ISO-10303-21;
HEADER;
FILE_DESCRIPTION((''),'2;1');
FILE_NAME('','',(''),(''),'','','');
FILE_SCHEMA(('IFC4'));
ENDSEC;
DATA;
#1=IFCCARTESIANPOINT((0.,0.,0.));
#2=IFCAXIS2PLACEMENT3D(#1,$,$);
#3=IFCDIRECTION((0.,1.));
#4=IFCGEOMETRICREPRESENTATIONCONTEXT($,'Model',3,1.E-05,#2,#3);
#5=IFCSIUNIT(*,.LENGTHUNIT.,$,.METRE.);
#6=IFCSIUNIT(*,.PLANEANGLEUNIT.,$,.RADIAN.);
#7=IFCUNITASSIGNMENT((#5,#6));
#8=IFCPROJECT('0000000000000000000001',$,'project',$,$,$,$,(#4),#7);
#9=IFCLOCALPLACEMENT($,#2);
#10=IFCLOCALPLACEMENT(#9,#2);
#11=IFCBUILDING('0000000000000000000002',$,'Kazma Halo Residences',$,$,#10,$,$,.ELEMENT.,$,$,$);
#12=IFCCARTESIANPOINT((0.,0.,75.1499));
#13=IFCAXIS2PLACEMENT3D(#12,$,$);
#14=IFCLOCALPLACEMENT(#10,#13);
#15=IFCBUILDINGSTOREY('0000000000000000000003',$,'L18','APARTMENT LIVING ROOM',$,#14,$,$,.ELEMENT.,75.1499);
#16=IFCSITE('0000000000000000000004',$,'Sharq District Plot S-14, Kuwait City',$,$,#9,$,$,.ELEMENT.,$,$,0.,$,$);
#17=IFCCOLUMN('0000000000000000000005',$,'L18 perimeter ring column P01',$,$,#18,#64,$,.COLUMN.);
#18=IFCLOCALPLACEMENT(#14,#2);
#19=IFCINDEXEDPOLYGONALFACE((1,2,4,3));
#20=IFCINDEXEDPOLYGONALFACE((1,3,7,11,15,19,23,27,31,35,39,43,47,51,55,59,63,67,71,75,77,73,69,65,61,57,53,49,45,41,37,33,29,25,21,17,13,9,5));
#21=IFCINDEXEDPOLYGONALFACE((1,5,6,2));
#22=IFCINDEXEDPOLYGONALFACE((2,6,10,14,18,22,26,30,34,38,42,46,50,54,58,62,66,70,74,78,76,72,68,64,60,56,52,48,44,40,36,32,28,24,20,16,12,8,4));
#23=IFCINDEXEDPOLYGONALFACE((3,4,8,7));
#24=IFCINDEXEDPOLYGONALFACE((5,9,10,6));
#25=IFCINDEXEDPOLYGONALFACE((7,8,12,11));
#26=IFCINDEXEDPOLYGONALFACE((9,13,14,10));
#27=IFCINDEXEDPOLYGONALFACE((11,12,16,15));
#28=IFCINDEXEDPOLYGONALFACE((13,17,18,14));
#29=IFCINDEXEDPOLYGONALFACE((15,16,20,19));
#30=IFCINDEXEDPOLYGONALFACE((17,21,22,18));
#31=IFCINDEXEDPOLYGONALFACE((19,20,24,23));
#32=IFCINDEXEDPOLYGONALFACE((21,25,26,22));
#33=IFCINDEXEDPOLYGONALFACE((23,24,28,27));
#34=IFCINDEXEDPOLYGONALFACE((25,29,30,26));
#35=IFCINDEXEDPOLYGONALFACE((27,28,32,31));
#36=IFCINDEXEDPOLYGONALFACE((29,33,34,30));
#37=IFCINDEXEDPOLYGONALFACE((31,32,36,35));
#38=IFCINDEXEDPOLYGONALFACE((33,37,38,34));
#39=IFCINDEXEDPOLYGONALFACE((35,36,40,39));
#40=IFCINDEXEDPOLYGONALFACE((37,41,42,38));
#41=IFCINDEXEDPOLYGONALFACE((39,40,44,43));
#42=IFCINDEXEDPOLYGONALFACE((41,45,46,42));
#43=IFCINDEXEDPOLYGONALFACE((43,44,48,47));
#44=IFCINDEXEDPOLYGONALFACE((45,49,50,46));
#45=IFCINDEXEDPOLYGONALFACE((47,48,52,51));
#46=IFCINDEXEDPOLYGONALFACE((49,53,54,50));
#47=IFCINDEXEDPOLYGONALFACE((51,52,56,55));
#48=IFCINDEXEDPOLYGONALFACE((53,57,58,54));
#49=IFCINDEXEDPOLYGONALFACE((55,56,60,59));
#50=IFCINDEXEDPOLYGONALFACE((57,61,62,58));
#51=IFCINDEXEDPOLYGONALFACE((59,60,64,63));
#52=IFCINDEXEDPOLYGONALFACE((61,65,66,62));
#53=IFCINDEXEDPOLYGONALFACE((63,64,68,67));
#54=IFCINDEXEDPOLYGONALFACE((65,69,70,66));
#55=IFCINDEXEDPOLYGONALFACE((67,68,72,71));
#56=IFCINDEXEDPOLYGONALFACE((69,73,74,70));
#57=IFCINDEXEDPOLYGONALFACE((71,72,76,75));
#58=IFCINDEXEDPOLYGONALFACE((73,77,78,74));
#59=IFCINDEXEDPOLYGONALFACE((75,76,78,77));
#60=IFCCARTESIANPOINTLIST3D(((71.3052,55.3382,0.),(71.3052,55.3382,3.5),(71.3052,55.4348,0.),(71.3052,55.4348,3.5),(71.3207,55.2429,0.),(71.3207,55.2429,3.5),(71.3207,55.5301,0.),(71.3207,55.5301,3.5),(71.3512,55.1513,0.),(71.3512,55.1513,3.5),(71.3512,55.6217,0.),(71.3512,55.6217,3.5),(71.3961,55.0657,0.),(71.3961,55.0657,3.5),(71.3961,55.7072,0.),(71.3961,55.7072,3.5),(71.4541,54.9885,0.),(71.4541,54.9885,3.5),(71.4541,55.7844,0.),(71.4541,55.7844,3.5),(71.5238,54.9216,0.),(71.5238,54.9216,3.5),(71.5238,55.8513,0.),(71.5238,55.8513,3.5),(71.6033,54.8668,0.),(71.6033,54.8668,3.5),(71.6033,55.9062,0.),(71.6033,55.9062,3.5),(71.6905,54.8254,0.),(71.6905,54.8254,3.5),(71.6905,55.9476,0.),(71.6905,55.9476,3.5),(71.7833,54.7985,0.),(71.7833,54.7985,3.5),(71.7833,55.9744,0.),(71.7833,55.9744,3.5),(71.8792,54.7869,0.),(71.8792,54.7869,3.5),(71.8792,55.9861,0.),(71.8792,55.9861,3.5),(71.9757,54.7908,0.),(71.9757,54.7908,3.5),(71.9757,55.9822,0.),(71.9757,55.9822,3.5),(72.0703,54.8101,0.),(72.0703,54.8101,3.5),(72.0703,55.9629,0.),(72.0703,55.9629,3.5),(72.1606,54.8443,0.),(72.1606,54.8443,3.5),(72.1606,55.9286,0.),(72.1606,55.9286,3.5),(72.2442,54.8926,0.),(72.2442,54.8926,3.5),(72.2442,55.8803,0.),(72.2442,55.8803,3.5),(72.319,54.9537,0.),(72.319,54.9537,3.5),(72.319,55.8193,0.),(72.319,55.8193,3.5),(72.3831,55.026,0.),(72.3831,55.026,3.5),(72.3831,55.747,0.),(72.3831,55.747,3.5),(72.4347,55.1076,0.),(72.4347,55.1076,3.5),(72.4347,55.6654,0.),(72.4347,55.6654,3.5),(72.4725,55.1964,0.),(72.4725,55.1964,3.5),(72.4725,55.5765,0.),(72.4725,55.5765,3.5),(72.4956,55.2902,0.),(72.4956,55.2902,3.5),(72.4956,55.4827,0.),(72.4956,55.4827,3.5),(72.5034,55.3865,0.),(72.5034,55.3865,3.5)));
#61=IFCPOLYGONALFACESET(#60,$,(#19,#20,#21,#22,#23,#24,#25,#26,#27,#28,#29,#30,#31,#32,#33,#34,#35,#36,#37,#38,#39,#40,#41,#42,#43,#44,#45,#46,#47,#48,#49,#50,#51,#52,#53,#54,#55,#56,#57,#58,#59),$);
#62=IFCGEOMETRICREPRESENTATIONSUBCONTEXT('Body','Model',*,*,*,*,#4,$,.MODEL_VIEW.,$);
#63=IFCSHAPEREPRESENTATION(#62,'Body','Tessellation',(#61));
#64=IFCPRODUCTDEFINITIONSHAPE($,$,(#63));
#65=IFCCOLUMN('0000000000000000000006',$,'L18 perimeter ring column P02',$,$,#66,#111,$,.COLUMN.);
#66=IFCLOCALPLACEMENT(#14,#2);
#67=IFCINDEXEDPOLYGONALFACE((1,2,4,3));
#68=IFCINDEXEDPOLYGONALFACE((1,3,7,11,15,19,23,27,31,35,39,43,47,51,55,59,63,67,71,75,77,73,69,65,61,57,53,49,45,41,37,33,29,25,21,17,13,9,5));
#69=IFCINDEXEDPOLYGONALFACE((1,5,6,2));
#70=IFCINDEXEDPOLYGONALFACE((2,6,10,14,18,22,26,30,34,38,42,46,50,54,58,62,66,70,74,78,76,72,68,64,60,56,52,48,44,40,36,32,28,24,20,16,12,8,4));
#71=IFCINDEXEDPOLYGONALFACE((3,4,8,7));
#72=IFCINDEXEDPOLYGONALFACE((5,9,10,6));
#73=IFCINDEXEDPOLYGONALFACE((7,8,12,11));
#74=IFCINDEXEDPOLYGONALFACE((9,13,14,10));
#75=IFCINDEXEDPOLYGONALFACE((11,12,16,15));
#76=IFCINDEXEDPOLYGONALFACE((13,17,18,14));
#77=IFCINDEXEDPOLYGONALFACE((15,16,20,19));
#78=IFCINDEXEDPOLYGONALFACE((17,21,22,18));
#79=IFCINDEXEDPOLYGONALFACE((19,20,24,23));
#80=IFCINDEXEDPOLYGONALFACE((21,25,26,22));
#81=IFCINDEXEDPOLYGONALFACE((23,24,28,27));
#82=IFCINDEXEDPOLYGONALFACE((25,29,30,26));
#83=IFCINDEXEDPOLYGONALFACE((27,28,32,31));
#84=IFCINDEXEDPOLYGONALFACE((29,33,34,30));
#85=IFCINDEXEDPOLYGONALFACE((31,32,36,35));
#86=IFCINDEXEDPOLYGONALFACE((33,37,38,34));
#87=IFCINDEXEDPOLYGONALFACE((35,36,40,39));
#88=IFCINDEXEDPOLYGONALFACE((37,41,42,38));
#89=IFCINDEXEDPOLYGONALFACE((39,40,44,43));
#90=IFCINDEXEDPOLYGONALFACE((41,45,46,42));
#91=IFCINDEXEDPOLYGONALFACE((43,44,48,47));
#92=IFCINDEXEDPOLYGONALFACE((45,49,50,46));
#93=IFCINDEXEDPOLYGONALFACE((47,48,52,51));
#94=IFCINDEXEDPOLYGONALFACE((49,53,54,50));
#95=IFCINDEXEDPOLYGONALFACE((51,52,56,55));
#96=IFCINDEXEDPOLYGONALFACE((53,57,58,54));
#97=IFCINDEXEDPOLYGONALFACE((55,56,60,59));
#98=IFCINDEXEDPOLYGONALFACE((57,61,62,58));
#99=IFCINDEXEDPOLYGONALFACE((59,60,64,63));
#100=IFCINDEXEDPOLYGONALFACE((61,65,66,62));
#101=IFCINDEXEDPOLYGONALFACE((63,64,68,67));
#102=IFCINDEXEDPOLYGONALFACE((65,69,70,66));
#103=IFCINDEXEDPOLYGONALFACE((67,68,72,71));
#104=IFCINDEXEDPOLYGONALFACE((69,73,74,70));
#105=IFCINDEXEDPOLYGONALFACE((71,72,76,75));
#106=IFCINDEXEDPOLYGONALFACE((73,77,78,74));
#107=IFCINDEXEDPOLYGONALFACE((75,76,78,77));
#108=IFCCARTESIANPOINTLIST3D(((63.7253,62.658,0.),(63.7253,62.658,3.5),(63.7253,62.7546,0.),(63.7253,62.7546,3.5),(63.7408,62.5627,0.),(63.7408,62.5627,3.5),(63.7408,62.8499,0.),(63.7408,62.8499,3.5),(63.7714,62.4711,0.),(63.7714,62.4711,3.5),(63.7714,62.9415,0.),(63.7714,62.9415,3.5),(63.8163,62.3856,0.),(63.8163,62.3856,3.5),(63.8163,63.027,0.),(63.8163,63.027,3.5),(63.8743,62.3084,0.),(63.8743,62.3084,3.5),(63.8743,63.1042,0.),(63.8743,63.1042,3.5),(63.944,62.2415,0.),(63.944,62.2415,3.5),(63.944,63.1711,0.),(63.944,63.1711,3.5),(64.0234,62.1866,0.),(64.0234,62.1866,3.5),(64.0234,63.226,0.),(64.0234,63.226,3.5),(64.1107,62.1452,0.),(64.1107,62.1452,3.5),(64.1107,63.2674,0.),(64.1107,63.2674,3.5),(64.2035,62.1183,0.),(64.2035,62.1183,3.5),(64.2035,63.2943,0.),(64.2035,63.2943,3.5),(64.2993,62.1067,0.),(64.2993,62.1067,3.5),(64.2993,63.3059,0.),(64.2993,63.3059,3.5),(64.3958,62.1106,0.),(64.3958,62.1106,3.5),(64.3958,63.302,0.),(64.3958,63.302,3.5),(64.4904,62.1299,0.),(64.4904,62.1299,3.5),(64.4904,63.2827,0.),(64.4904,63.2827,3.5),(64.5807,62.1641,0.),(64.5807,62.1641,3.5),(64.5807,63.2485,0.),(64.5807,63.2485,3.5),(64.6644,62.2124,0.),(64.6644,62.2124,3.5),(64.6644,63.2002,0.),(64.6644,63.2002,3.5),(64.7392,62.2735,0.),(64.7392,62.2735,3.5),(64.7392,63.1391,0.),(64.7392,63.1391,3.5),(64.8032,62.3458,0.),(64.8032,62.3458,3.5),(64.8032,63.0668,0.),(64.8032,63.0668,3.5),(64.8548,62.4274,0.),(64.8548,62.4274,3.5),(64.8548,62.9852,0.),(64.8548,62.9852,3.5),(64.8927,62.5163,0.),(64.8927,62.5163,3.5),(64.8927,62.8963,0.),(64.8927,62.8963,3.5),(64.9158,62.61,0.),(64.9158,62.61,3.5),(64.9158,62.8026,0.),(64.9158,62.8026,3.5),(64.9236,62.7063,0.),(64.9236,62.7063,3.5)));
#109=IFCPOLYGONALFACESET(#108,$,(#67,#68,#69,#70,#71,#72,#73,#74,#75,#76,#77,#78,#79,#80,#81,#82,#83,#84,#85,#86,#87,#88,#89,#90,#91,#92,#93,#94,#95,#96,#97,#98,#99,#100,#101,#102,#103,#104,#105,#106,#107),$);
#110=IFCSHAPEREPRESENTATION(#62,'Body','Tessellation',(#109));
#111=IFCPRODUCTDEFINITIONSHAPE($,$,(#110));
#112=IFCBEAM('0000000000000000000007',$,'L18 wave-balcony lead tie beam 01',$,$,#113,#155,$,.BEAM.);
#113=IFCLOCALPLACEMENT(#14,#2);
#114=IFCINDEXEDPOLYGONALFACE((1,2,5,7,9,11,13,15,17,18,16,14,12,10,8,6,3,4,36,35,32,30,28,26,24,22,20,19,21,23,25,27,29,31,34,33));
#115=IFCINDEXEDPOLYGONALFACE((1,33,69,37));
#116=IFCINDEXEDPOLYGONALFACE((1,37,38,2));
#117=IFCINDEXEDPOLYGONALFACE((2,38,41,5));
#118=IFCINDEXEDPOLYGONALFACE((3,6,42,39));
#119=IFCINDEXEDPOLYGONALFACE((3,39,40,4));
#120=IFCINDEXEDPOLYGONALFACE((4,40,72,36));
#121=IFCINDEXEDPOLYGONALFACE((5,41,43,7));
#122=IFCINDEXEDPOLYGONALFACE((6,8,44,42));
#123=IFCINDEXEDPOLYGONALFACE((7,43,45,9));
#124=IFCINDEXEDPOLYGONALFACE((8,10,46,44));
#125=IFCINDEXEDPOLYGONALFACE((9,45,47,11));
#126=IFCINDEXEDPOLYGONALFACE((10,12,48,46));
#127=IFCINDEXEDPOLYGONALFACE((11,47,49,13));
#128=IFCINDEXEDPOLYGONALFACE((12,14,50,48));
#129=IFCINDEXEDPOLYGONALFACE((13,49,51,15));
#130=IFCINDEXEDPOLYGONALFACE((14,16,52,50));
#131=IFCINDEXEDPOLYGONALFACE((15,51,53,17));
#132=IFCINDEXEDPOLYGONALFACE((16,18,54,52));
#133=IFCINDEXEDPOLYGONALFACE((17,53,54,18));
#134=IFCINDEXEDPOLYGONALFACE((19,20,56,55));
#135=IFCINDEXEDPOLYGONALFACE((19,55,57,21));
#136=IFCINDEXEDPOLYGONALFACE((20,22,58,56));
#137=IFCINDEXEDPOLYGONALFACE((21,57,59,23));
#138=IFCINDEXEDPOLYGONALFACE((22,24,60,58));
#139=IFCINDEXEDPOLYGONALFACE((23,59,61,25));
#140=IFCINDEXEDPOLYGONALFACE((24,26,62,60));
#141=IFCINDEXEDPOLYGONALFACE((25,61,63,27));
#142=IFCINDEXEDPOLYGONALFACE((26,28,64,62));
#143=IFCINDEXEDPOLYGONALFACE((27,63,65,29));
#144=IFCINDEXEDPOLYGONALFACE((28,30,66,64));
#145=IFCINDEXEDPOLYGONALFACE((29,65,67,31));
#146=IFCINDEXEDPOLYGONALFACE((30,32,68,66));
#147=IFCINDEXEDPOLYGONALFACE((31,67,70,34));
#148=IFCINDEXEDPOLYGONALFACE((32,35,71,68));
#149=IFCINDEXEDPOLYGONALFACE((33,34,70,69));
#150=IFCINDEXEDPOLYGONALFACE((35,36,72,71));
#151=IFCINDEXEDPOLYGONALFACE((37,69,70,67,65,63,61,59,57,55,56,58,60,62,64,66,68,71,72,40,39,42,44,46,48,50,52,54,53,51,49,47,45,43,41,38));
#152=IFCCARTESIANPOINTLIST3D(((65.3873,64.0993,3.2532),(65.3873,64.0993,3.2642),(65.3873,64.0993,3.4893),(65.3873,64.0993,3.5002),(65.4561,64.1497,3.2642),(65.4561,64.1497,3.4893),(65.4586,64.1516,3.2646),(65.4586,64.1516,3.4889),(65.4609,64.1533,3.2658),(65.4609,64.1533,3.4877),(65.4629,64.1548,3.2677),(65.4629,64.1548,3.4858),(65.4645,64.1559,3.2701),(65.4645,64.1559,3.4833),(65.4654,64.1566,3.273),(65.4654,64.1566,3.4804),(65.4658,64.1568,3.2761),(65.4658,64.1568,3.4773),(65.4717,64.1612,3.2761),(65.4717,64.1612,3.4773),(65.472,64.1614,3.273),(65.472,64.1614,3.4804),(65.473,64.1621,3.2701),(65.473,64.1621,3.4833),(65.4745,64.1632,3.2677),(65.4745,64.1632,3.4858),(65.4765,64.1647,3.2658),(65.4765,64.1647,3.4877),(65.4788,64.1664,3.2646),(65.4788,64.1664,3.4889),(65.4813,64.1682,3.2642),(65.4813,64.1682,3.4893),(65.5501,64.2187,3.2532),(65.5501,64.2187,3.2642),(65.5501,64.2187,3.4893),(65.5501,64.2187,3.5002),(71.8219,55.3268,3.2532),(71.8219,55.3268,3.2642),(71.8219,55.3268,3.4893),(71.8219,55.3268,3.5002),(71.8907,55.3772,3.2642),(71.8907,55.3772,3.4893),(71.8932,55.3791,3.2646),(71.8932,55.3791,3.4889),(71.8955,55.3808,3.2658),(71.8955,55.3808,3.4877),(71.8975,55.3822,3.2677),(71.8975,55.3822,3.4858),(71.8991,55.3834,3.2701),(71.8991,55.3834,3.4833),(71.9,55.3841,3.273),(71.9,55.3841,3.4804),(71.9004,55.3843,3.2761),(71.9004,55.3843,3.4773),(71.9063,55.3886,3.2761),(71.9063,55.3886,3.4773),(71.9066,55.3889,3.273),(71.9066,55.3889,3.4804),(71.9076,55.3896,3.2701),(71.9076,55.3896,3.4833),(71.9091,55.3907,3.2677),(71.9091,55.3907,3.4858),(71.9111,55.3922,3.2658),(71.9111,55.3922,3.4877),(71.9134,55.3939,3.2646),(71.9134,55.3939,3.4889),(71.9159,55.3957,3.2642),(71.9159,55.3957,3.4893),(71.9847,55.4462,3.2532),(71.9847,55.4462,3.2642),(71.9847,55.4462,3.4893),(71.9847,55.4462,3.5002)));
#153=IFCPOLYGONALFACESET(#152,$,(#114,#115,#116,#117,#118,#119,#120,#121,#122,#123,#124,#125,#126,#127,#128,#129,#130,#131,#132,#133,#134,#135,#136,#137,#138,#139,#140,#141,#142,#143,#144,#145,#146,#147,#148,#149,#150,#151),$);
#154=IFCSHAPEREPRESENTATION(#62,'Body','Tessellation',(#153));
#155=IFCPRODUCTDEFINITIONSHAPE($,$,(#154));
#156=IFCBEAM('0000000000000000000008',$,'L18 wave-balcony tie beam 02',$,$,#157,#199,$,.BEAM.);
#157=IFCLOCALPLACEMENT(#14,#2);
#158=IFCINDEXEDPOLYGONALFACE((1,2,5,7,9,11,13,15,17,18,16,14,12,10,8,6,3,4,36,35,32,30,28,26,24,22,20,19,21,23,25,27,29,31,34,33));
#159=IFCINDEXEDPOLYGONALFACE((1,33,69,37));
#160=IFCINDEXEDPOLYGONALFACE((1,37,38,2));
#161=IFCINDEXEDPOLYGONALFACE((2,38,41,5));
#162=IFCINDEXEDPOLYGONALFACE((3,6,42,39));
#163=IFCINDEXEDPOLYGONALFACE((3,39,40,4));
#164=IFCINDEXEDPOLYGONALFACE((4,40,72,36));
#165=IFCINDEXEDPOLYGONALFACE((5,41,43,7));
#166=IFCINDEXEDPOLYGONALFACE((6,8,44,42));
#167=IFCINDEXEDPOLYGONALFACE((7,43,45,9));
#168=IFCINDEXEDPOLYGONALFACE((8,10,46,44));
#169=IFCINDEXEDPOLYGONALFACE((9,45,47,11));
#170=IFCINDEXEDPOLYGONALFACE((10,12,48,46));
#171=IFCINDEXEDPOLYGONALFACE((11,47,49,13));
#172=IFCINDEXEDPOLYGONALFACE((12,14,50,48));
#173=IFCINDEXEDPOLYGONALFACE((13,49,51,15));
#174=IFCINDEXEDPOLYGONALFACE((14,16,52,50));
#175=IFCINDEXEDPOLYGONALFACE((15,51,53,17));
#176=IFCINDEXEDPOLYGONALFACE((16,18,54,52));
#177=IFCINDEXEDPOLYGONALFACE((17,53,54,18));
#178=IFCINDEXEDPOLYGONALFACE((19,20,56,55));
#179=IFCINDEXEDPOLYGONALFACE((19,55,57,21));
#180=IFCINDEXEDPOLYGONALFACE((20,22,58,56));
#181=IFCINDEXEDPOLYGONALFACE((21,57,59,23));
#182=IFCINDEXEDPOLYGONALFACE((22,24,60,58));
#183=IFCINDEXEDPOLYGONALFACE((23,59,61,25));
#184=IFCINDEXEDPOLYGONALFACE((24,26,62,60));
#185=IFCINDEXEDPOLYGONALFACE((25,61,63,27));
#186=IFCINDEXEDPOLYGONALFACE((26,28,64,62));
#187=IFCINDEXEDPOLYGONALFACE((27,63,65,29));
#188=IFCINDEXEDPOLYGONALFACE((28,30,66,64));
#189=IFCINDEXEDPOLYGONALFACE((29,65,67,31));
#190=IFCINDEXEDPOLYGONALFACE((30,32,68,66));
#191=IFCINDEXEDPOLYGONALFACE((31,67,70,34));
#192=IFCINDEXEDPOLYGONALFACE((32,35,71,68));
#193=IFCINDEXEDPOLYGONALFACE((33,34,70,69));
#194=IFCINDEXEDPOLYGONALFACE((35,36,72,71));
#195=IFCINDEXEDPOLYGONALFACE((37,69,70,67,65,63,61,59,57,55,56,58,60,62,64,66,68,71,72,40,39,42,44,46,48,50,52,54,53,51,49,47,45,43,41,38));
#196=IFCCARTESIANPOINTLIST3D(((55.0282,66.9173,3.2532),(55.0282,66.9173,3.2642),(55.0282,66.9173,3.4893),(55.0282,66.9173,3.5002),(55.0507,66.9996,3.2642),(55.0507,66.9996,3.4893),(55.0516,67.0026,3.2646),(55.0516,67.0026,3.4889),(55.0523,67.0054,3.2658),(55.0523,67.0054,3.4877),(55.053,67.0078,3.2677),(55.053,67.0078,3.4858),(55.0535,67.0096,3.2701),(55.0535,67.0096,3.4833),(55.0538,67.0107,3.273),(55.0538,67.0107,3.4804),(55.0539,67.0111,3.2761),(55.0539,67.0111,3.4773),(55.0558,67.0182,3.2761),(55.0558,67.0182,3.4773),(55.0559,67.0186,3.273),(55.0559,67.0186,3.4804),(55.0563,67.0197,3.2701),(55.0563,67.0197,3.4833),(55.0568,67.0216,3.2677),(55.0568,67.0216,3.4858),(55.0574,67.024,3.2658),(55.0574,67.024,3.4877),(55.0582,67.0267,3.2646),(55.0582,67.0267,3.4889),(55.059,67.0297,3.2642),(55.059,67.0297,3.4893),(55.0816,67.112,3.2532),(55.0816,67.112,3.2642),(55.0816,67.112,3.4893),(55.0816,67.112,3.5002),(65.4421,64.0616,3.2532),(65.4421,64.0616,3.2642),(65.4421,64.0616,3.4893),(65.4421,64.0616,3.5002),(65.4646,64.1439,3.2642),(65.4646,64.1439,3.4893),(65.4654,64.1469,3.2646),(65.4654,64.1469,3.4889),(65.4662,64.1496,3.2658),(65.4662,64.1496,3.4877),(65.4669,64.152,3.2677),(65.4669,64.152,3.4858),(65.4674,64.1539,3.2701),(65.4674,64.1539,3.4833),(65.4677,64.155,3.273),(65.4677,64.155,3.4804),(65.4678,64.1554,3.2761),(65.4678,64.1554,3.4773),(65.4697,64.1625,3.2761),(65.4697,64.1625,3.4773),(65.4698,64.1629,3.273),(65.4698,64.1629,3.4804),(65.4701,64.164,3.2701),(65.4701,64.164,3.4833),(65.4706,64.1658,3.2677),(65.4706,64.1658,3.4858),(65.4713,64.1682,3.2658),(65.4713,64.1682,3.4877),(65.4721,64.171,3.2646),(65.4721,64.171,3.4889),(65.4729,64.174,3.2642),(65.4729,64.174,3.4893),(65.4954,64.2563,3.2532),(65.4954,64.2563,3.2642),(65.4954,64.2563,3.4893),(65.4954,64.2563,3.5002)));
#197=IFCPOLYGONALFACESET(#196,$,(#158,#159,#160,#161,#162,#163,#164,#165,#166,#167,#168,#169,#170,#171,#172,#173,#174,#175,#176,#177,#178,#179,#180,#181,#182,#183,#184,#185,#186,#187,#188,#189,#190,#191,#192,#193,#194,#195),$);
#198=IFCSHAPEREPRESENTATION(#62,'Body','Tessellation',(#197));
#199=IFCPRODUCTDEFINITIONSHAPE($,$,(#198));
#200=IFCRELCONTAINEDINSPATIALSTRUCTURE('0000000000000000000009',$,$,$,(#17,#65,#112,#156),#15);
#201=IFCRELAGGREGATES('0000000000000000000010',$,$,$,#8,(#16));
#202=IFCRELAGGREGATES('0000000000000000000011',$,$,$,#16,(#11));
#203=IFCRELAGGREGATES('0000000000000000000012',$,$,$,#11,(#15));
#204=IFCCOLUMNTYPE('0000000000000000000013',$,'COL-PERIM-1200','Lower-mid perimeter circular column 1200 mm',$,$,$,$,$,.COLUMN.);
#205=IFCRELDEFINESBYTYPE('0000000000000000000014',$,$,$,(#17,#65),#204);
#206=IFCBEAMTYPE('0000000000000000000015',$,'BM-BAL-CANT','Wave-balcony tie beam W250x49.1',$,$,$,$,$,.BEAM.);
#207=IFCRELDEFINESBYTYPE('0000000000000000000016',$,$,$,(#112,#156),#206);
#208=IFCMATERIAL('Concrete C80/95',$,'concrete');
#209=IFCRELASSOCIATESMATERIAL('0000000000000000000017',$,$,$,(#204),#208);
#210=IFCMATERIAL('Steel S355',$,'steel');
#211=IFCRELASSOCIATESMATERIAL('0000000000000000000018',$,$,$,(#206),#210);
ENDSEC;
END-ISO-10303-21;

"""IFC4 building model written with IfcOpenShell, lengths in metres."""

from ifc_helpers import new_model, si_unit, direction, frame, origin, origin_2d, place, context, subcontext, project, spatial, circle, i_section, extrude, material, material_profile, profile_set, type_object, element, save


model = new_model("IFC4")

# Units and contexts
model_context = context("Model", 3, precision=1e-05, world=origin(), true_north=direction((0.0, 1.0)))
body_context = subcontext(model_context, "Body", "Model", "MODEL_VIEW")
ifc_project = project(units=[si_unit("LENGTHUNIT", "METRE"), si_unit("PLANEANGLEUNIT", "RADIAN")], contexts=[model_context])

# Site, building, storey
site_placement = place(None, origin())
site = spatial("IfcSite", under=ifc_project, at=site_placement, Name="Sharq District Plot S-14, Kuwait City", CompositionType="ELEMENT", RefElevation=0.0)
building_placement = place(site_placement, origin())
building = spatial("IfcBuilding", under=site, at=building_placement, Name="Kazma Halo Residences", CompositionType="ELEMENT")
storey_placement = place(building_placement, frame((0.0, 0.0, 75.1499)))
storey = spatial("IfcBuildingStorey", under=building, at=storey_placement, Name="L18", Description="APARTMENT LIVING ROOM", CompositionType="ELEMENT", Elevation=75.1499)

# Columns
ifc_material_1 = material(Name="Concrete C80/95", Category="concrete")
ifc_material_profile_1 = material_profile(ifc_material_1, circle(Radius=0.6001, at=origin_2d()), Name="CIRC1200")
ifc_profile_set_1 = profile_set([ifc_material_profile_1], Name="Concrete C80/95")
column_type = type_object("IfcColumnType", Name="COL-PERIM-1200", Description="Lower-mid perimeter circular column 1200 mm", PredefinedType="COLUMN", material=ifc_profile_set_1)
for number, where, z_axis, x_axis, name in (
    (1, (71.9033, 55.3865, 0.0), (0.0, 0.0, 1.0), (1.0, 0.0, 0.0), "L18 perimeter ring column P01"),
    (2, (64.3235, 62.7063, 0.0), (0.0, 0.0, 1.0), (1.0, 0.0, 0.0), "L18 perimeter ring column P02"),
):
    element("IfcColumn", number, at=place(storey_placement, frame(where, z_axis=z_axis, x_axis=x_axis)), inside=storey, type_object=column_type, Name=name, PredefinedType="COLUMN", context=body_context, shape_type="SweptSolid", body=[
        extrude(circle(Radius=0.6001, at=origin_2d()), origin(), (0.0, 0.0, 1.0), 3.5),
    ])

# Beams
ifc_material_2 = material(Name="Steel S355", Category="steel")
ifc_material_profile_2 = material_profile(ifc_material_2, i_section(OverallWidth=0.2019, OverallDepth=0.2471, WebThickness=0.0073, FlangeThickness=0.011, FilletRadius=0.012, at=origin_2d()), Name="W250x49.1")
ifc_profile_set_2 = profile_set([ifc_material_profile_2], Name="Steel S355")
beam_type_1 = type_object("IfcBeamType", Name="BM-BAL-CANT", Description="Wave-balcony tie beam W250x49.1", PredefinedType="BEAM", material=ifc_profile_set_2)
beam_1_placement = place(storey_placement, frame((71.9033, 55.3865, 3.3767), z_axis=(-0.591449, 0.806342, 0.0), x_axis=(-0.806342, -0.591449, 0.0)))
element("IfcBeam", 3, at=beam_1_placement, inside=storey, type_object=beam_type_1, Name="L18 wave-balcony lead tie beam 01", PredefinedType="BEAM", context=body_context, shape_type="SweptSolid", body=[
    extrude(i_section(OverallWidth=0.2019, OverallDepth=0.2471, WebThickness=0.0073, FlangeThickness=0.011, FilletRadius=0.012, at=origin_2d()), origin(), (0.0, 0.0, 1.0), 10.8794),
])
beam_2_placement = place(storey_placement, frame((65.4688, 64.1589, 3.3767), z_axis=(-0.964397, 0.26446, 0.0), x_axis=(-0.26446, -0.964397, 0.0)))
element("IfcBeam", 4, at=beam_2_placement, inside=storey, type_object=beam_type_1, Name="L18 wave-balcony tie beam 02", PredefinedType="BEAM", context=body_context, shape_type="SweptSolid", body=[
    extrude(i_section(OverallWidth=0.2019, OverallDepth=0.2471, WebThickness=0.0073, FlangeThickness=0.011, FilletRadius=0.012, at=origin_2d()), origin(), (0.0, 0.0, 1.0), 10.7983),
])

save(model, "model.ifc")
